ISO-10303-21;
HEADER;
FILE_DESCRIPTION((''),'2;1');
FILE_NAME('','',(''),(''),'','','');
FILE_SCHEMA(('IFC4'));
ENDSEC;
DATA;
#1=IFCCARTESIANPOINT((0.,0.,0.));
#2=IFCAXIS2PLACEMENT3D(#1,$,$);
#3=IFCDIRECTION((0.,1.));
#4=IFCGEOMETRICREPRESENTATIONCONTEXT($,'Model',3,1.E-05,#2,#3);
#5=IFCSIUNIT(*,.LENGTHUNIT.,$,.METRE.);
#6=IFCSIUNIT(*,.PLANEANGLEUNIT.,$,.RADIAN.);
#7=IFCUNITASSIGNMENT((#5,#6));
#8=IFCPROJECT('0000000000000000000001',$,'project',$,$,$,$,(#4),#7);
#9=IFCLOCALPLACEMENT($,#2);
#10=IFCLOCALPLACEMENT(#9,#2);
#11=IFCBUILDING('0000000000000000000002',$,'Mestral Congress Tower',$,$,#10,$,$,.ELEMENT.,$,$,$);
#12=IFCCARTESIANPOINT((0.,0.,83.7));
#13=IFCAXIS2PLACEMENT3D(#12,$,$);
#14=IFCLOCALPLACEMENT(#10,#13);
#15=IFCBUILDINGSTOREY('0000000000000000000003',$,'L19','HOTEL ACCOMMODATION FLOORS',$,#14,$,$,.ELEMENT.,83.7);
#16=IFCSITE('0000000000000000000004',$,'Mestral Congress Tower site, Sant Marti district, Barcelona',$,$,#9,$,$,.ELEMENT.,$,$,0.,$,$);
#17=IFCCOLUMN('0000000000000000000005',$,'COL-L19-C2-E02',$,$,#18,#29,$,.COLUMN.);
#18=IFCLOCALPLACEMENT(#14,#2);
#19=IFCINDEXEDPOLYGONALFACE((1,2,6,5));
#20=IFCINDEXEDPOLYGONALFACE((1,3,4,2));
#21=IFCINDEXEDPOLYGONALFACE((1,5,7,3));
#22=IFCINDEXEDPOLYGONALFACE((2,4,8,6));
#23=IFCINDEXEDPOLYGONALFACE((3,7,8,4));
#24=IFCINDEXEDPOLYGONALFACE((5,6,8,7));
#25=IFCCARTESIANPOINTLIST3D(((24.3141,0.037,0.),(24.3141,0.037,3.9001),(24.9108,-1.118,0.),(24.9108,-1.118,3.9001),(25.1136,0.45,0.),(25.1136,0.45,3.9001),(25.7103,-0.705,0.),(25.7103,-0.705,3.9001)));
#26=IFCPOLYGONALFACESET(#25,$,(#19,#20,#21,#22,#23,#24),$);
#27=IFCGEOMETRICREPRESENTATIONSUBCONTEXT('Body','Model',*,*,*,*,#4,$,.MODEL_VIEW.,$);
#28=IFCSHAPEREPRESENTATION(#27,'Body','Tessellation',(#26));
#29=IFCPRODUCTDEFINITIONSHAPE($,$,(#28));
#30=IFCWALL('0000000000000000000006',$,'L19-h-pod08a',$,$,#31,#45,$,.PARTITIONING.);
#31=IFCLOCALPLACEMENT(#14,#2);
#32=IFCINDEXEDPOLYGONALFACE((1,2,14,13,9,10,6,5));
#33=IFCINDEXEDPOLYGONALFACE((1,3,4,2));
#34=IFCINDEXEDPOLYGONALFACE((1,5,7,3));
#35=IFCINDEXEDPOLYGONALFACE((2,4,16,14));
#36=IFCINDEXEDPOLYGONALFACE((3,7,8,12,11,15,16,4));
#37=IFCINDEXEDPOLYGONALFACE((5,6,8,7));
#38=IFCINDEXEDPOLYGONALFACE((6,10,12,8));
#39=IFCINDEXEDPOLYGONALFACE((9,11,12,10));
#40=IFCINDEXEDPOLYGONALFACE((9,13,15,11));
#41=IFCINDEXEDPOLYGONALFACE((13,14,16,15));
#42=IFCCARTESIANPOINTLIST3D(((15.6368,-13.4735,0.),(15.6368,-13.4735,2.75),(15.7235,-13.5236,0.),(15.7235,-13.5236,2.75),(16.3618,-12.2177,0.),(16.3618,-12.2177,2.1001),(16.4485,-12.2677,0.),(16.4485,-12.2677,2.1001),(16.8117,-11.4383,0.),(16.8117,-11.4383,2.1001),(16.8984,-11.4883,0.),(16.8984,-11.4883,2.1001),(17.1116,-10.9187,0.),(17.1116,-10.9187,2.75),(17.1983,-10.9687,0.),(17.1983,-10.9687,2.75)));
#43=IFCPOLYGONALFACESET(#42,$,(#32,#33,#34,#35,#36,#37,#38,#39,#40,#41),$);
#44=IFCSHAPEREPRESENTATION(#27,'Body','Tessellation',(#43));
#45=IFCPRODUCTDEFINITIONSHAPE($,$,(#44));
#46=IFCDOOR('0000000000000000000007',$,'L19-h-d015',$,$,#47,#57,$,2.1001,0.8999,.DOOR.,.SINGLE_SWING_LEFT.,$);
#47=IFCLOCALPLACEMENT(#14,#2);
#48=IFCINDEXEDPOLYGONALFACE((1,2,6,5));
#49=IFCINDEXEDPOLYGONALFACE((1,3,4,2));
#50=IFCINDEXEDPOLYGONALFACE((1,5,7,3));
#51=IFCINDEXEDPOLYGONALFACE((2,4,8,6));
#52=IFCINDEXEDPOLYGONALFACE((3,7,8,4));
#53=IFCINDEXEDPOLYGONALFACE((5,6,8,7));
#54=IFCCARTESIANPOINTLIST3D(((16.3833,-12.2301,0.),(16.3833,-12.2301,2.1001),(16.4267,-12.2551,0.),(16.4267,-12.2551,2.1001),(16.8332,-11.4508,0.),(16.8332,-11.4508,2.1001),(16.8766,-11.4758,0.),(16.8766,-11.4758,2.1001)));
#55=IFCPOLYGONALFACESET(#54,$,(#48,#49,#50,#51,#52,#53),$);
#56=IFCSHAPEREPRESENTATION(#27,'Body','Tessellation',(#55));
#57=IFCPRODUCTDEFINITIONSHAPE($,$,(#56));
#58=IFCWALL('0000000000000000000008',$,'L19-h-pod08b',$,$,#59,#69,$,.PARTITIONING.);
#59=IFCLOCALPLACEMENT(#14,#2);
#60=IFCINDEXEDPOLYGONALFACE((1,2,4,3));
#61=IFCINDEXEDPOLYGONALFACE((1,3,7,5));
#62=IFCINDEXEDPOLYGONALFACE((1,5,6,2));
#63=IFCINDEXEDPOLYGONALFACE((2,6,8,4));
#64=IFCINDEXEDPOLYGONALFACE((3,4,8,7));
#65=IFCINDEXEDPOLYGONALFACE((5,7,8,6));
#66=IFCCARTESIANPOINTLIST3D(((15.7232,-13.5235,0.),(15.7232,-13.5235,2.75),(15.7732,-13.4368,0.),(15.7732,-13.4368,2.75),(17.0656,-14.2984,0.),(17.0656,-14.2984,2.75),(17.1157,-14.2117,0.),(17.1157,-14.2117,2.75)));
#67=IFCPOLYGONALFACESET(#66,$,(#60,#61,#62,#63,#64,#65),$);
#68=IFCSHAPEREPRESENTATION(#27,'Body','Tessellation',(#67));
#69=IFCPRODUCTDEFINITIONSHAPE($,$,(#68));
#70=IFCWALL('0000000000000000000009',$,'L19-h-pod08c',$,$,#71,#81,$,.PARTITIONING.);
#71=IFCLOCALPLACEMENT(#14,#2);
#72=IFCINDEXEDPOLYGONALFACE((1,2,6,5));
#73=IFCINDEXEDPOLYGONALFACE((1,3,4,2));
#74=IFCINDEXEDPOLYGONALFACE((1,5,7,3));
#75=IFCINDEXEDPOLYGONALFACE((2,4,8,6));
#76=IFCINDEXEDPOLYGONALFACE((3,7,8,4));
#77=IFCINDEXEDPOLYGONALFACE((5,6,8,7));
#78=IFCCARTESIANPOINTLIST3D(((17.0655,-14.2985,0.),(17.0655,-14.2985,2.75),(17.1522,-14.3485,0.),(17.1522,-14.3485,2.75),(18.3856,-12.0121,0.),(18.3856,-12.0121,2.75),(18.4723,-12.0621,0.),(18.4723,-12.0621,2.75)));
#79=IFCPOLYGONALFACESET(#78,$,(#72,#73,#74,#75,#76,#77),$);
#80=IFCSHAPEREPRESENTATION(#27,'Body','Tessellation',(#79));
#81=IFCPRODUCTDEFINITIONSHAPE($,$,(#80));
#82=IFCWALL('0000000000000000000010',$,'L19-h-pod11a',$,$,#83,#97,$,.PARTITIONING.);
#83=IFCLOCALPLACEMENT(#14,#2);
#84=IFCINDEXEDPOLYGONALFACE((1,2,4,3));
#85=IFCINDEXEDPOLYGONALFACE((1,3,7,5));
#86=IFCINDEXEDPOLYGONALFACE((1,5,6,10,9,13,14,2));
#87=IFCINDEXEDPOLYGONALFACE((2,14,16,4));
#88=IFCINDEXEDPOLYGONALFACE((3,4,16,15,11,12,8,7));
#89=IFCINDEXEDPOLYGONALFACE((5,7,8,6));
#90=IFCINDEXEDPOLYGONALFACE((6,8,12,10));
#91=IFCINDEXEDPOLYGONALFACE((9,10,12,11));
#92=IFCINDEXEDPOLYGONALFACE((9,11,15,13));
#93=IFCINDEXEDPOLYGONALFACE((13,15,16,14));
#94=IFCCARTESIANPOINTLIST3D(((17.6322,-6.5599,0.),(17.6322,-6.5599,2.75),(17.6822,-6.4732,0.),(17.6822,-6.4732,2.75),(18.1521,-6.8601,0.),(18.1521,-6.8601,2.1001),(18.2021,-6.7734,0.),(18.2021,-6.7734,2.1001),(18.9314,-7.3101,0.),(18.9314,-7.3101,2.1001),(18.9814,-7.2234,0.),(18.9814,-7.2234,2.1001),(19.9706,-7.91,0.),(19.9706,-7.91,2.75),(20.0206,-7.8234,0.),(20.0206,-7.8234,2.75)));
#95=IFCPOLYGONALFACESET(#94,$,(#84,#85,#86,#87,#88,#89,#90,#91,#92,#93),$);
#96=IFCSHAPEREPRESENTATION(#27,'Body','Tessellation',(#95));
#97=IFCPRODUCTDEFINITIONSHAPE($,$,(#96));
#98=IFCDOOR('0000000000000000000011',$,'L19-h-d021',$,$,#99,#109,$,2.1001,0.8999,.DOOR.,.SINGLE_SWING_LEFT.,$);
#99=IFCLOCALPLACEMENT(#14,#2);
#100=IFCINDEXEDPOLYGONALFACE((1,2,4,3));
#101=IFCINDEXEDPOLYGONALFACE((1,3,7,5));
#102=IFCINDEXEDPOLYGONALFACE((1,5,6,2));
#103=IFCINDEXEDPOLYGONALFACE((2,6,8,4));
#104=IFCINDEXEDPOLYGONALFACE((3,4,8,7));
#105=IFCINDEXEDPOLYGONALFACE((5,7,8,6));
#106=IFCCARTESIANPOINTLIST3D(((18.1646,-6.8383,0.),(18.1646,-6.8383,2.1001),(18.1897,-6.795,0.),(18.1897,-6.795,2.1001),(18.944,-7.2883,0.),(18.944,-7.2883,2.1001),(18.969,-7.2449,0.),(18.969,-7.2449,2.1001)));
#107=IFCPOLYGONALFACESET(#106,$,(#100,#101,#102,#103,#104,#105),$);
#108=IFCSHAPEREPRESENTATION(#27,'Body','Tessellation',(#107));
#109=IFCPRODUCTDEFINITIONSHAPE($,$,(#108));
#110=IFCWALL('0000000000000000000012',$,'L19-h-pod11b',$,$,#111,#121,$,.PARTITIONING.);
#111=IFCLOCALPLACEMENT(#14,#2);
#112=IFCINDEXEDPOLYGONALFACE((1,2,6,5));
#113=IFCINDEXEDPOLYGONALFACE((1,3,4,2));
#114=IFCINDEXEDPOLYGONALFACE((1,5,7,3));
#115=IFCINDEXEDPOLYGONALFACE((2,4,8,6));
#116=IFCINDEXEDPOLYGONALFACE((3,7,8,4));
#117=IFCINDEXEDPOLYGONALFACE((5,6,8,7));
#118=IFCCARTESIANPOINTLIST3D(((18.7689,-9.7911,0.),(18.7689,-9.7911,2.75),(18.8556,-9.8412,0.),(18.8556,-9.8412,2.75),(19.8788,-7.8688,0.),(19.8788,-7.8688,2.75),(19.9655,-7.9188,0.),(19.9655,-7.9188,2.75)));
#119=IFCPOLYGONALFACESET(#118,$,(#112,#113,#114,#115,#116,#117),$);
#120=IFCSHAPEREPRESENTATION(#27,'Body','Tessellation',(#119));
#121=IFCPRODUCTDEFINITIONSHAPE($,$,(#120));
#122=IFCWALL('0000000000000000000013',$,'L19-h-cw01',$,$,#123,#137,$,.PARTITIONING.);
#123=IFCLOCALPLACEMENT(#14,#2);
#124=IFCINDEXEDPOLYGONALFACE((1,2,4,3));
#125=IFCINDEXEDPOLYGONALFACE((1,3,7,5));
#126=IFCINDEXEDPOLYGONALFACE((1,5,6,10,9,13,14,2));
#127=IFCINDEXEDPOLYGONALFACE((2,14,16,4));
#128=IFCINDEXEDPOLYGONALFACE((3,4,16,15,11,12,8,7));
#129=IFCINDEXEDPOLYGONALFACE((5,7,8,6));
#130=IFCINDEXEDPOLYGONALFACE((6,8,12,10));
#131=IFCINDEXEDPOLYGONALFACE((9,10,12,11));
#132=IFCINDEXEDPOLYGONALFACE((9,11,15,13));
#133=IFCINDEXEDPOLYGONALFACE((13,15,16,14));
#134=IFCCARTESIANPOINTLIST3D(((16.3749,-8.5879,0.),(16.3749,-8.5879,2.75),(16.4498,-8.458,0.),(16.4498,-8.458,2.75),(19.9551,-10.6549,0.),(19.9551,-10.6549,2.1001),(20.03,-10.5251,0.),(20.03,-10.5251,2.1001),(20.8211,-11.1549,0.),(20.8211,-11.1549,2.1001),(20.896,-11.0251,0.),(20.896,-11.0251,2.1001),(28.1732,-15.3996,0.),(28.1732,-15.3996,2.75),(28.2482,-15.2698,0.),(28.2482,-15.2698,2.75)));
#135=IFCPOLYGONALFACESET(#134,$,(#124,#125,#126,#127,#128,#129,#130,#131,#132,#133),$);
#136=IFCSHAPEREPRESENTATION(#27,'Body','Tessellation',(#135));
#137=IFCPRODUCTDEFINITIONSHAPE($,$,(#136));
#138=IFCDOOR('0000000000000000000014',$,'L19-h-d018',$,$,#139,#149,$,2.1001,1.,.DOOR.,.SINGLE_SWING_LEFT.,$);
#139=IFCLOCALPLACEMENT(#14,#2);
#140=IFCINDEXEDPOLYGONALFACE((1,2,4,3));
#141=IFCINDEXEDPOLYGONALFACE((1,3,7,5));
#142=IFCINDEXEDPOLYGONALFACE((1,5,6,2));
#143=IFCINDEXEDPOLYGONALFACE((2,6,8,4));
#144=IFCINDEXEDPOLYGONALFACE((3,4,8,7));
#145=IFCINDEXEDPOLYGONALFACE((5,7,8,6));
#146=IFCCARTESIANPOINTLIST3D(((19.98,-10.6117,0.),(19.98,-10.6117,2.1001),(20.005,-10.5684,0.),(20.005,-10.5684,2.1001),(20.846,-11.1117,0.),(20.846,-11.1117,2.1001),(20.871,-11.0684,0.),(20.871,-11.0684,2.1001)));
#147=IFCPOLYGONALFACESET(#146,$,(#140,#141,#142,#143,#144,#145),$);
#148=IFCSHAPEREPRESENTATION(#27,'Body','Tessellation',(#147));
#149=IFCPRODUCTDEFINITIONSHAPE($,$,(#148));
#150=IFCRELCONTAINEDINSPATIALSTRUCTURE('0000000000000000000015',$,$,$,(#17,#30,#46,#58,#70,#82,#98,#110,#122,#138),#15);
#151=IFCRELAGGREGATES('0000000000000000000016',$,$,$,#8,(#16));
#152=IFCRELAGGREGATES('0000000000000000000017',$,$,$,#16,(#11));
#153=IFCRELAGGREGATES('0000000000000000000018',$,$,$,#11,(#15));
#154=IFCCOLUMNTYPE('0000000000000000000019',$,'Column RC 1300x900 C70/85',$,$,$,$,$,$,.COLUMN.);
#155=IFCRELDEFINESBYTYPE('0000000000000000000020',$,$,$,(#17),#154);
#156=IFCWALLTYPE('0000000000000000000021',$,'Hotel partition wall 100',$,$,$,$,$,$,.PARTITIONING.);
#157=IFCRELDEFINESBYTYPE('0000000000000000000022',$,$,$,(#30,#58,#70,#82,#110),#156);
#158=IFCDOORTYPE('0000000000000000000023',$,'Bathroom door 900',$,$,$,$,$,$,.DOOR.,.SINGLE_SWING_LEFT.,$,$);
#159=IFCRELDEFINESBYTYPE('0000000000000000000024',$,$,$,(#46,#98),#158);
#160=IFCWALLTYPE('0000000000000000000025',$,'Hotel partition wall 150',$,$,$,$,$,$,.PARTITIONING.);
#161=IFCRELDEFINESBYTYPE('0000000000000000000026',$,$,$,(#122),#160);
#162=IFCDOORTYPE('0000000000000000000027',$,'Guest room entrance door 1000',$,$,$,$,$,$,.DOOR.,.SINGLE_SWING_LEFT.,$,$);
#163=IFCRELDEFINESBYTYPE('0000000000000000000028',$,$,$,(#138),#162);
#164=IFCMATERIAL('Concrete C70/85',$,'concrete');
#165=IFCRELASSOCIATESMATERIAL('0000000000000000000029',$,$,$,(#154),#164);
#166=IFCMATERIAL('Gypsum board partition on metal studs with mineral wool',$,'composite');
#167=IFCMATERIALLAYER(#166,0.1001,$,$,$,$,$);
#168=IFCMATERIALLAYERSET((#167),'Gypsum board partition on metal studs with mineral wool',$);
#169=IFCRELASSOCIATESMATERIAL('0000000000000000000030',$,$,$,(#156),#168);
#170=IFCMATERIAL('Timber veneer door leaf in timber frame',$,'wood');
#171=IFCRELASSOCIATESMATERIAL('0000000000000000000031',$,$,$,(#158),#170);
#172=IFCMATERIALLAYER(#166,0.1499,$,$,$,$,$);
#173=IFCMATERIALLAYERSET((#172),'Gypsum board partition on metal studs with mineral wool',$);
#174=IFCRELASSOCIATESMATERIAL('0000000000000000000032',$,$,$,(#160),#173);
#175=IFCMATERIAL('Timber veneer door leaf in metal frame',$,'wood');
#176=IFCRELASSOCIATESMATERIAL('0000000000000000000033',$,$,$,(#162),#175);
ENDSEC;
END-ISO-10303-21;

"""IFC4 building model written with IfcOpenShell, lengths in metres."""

from ifc_helpers import new_model, si_unit, direction, frame, frame_2d, origin, origin_2d, place, context, subcontext, project, spatial, rectangle, extrude, material, layer, layer_set, material_profile, profile_set, type_object, element, fill, save


model = new_model("IFC4")

# Units and contexts
model_context = context("Model", 3, precision=1e-05, world=origin(), true_north=direction((0.0, 1.0)))
body_context = subcontext(model_context, "Body", "Model", "MODEL_VIEW")
ifc_project = project(units=[si_unit("LENGTHUNIT", "METRE"), si_unit("PLANEANGLEUNIT", "RADIAN")], contexts=[model_context])

# Site, building, storey
site_placement = place(None, origin())
site = spatial("IfcSite", under=ifc_project, at=site_placement, Name="Mestral Congress Tower site, Sant Marti district, Barcelona", CompositionType="ELEMENT", RefElevation=0.0)
building_placement = place(site_placement, origin())
building = spatial("IfcBuilding", under=site, at=building_placement, Name="Mestral Congress Tower", CompositionType="ELEMENT")
storey_placement = place(building_placement, frame((0.0, 0.0, 83.7)))
storey = spatial("IfcBuildingStorey", under=building, at=storey_placement, Name="L19", Description="HOTEL ACCOMMODATION FLOORS", CompositionType="ELEMENT", Elevation=83.7)

# Column
ifc_material_1 = material(Name="Concrete C70/85", Category="concrete")
ifc_material_profile = material_profile(ifc_material_1, rectangle(XDim=1.3, YDim=0.8999, at=origin_2d()), Name="RC 1300x900")
ifc_profile_set = profile_set([ifc_material_profile], Name="Concrete C70/85")
column_type = type_object("IfcColumnType", Name="Column RC 1300x900 C70/85", PredefinedType="COLUMN", material=ifc_profile_set)
column_placement = place(storey_placement, frame((25.0122, -0.334, 0.0), z_axis=(0.0, 0.0, 1.0), x_axis=(-0.458961, 0.888456, 0.0)))
element("IfcColumn", 1, at=column_placement, inside=storey, type_object=column_type, Name="COL-L19-C2-E02", PredefinedType="COLUMN", context=body_context, shape_type="SweptSolid", body=[
    extrude(rectangle(XDim=1.3, YDim=0.8999, at=origin_2d()), origin(), (0.0, 0.0, 1.0), 3.9001),
])

# Wall, opening, door
ifc_material_2 = material(Name="Gypsum board partition on metal studs with mineral wool", Category="composite")
ifc_layer_1 = layer(ifc_material_2, 0.1001)
ifc_layer_set_1 = layer_set([ifc_layer_1], Name="Gypsum board partition on metal studs with mineral wool")
wall_type_1 = type_object("IfcWallType", Name="Hotel partition wall 100", PredefinedType="PARTITIONING", material=ifc_layer_set_1)
wall_1_placement = place(storey_placement, frame((17.155, -10.9436, 0.0), z_axis=(0.0, 0.0, 1.0), x_axis=(-0.49994, -0.86606, 0.0)))
wall_1 = element("IfcWall", 2, at=wall_1_placement, inside=storey, type_object=wall_type_1, Name="L19-h-pod08a", PredefinedType="PARTITIONING", context=body_context, shape_type="SweptSolid", body=[
    extrude(rectangle(XDim=2.95, YDim=0.1001, at=frame_2d((1.4751, 0.0))), origin(), (0.0, 0.0, 1.0), 2.75),
])
opening_1_placement = place(wall_1_placement, frame((0.6001, 0.0, 0.0)))
opening_1 = element("IfcOpeningElement", 3, at=opening_1_placement, cuts=wall_1, PredefinedType="OPENING", context=body_context, shape_type="SweptSolid", body=[
    extrude(rectangle(XDim=0.8999, YDim=2.1001, at=frame_2d((0.45, 1.05))), frame((0.0, 0.0601, 0.0), z_axis=(0.0, -1.0, 0.0), x_axis=(1.0, 0.0, 0.0)), (0.0, 0.0, 1.0), 0.1201),
])
ifc_material_3 = material(Name="Timber veneer door leaf in timber frame", Category="wood")
door_type_1 = type_object("IfcDoorType", Name="Bathroom door 900", OperationType="SINGLE_SWING_LEFT", PredefinedType="DOOR", material=ifc_material_3)
door_1_placement = place(opening_1_placement, origin())
door_1 = element("IfcDoor", 4, at=door_1_placement, inside=storey, type_object=door_type_1, Name="L19-h-d015", OperationType="SINGLE_SWING_LEFT", OverallHeight=2.1001, OverallWidth=0.8999, PredefinedType="DOOR", context=body_context, shape_type="SweptSolid", body=[
    extrude(rectangle(XDim=0.8999, YDim=2.1001, at=frame_2d((0.45, 1.05))), frame((0.0, 0.0249, 0.0), z_axis=(0.0, -1.0, 0.0), x_axis=(1.0, 0.0, 0.0)), (0.0, 0.0, 1.0), 0.05),
])
fill(opening_1, door_1)

# Walls
wall_2_placement = place(storey_placement, frame((15.7483, -13.4802, 0.0), z_axis=(0.0, 0.0, 1.0), x_axis=(0.866083, -0.4999, 0.0)))
element("IfcWall", 5, at=wall_2_placement, inside=storey, type_object=wall_type_1, Name="L19-h-pod08b", PredefinedType="PARTITIONING", context=body_context, shape_type="SweptSolid", body=[
    extrude(rectangle(XDim=1.55, YDim=0.1001, at=frame_2d((0.7749, 0.0))), origin(), (0.0, 0.0, 1.0), 2.75),
])
wall_3_placement = place(storey_placement, frame((18.429, -12.0371, 0.0), z_axis=(0.0, 0.0, 1.0), x_axis=(-0.500008, -0.866021, 0.0)))
element("IfcWall", 6, at=wall_3_placement, inside=storey, type_object=wall_type_1, Name="L19-h-pod08c", PredefinedType="PARTITIONING", context=body_context, shape_type="SweptSolid", body=[
    extrude(rectangle(XDim=2.6401, YDim=0.1001, at=frame_2d((1.3201, 0.0))), origin(), (0.0, 0.0, 1.0), 2.75),
])

# Wall, opening, door
wall_4_placement = place(storey_placement, frame((19.9956, -7.8667, 0.0), z_axis=(0.0, 0.0, 1.0), x_axis=(-0.86602, 0.500009, 0.0)))
wall_4 = element("IfcWall", 7, at=wall_4_placement, inside=storey, type_object=wall_type_1, Name="L19-h-pod11a", PredefinedType="PARTITIONING", context=body_context, shape_type="SweptSolid", body=[
    extrude(rectangle(XDim=2.7002, YDim=0.1001, at=frame_2d((1.3501, 0.0))), origin(), (0.0, 0.0, 1.0), 2.75),
])
opening_2_placement = place(wall_4_placement, frame((1.2, 0.0, 0.0)))
opening_2 = element("IfcOpeningElement", 8, at=opening_2_placement, cuts=wall_4, PredefinedType="OPENING", context=body_context, shape_type="SweptSolid", body=[
    extrude(rectangle(XDim=0.8999, YDim=2.1001, at=frame_2d((0.45, 1.05))), frame((0.0, 0.0601, 0.0), z_axis=(0.0, -1.0, 0.0), x_axis=(1.0, 0.0, 0.0)), (0.0, 0.0, 1.0), 0.1201),
])
door_2_placement = place(opening_2_placement, origin())
door_2 = element("IfcDoor", 9, at=door_2_placement, inside=storey, type_object=door_type_1, Name="L19-h-d021", OperationType="SINGLE_SWING_LEFT", OverallHeight=2.1001, OverallWidth=0.8999, PredefinedType="DOOR", context=body_context, shape_type="SweptSolid", body=[
    extrude(rectangle(XDim=0.8999, YDim=2.1001, at=frame_2d((0.45, 1.05))), frame((0.0, 0.0249, 0.0), z_axis=(0.0, -1.0, 0.0), x_axis=(1.0, 0.0, 0.0)), (0.0, 0.0, 1.0), 0.05),
])
fill(opening_2, door_2)

# Wall
wall_5_placement = place(storey_placement, frame((19.9221, -7.8938, 0.0), z_axis=(0.0, 0.0, 1.0), x_axis=(-0.499995, -0.866028, 0.0)))
element("IfcWall", 10, at=wall_5_placement, inside=storey, type_object=wall_type_1, Name="L19-h-pod11b", PredefinedType="PARTITIONING", context=body_context, shape_type="SweptSolid", body=[
    extrude(rectangle(XDim=2.2197, YDim=0.1001, at=frame_2d((1.1099, 0.0))), origin(), (0.0, 0.0, 1.0), 2.75),
])

# Wall, opening, door
ifc_layer_2 = layer(ifc_material_2, 0.1499)
ifc_layer_set_2 = layer_set([ifc_layer_2], Name="Gypsum board partition on metal studs with mineral wool")
wall_type_2 = type_object("IfcWallType", Name="Hotel partition wall 150", PredefinedType="PARTITIONING", material=ifc_layer_set_2)
wall_6_placement = place(storey_placement, frame((16.4124, -8.5229, 0.0), z_axis=(0.0, 0.0, 1.0), x_axis=(0.866026, -0.5, 0.0)))
wall_6 = element("IfcWall", 11, at=wall_6_placement, inside=storey, type_object=wall_type_2, Name="L19-h-cw01", PredefinedType="PARTITIONING", context=body_context, shape_type="SweptSolid", body=[
    extrude(rectangle(XDim=13.6235, YDim=0.1499, at=frame_2d((6.8118, 0.0))), origin(), (0.0, 0.0, 1.0), 2.75),
])
opening_3_placement = place(wall_6_placement, frame((4.134, 0.0, 0.0)))
opening_3 = element("IfcOpeningElement", 12, at=opening_3_placement, cuts=wall_6, PredefinedType="OPENING", context=body_context, shape_type="SweptSolid", body=[
    extrude(rectangle(XDim=1.0, YDim=2.1001, at=frame_2d((0.5, 1.05))), frame((0.0, 0.085, 0.0), z_axis=(0.0, -1.0, 0.0), x_axis=(1.0, 0.0, 0.0)), (0.0, 0.0, 1.0), 0.1699),
])
ifc_material_4 = material(Name="Timber veneer door leaf in metal frame", Category="wood")
door_type_2 = type_object("IfcDoorType", Name="Guest room entrance door 1000", OperationType="SINGLE_SWING_LEFT", PredefinedType="DOOR", material=ifc_material_4)
door_3_placement = place(opening_3_placement, origin())
door_3 = element("IfcDoor", 13, at=door_3_placement, inside=storey, type_object=door_type_2, Name="L19-h-d018", OperationType="SINGLE_SWING_LEFT", OverallHeight=2.1001, OverallWidth=1.0, PredefinedType="DOOR", context=body_context, shape_type="SweptSolid", body=[
    extrude(rectangle(XDim=1.0, YDim=2.1001, at=frame_2d((0.5, 1.05))), frame((0.0, 0.0249, 0.0), z_axis=(0.0, -1.0, 0.0), x_axis=(1.0, 0.0, 0.0)), (0.0, 0.0, 1.0), 0.05),
])
fill(opening_3, door_3)

save(model, "model.ifc")
